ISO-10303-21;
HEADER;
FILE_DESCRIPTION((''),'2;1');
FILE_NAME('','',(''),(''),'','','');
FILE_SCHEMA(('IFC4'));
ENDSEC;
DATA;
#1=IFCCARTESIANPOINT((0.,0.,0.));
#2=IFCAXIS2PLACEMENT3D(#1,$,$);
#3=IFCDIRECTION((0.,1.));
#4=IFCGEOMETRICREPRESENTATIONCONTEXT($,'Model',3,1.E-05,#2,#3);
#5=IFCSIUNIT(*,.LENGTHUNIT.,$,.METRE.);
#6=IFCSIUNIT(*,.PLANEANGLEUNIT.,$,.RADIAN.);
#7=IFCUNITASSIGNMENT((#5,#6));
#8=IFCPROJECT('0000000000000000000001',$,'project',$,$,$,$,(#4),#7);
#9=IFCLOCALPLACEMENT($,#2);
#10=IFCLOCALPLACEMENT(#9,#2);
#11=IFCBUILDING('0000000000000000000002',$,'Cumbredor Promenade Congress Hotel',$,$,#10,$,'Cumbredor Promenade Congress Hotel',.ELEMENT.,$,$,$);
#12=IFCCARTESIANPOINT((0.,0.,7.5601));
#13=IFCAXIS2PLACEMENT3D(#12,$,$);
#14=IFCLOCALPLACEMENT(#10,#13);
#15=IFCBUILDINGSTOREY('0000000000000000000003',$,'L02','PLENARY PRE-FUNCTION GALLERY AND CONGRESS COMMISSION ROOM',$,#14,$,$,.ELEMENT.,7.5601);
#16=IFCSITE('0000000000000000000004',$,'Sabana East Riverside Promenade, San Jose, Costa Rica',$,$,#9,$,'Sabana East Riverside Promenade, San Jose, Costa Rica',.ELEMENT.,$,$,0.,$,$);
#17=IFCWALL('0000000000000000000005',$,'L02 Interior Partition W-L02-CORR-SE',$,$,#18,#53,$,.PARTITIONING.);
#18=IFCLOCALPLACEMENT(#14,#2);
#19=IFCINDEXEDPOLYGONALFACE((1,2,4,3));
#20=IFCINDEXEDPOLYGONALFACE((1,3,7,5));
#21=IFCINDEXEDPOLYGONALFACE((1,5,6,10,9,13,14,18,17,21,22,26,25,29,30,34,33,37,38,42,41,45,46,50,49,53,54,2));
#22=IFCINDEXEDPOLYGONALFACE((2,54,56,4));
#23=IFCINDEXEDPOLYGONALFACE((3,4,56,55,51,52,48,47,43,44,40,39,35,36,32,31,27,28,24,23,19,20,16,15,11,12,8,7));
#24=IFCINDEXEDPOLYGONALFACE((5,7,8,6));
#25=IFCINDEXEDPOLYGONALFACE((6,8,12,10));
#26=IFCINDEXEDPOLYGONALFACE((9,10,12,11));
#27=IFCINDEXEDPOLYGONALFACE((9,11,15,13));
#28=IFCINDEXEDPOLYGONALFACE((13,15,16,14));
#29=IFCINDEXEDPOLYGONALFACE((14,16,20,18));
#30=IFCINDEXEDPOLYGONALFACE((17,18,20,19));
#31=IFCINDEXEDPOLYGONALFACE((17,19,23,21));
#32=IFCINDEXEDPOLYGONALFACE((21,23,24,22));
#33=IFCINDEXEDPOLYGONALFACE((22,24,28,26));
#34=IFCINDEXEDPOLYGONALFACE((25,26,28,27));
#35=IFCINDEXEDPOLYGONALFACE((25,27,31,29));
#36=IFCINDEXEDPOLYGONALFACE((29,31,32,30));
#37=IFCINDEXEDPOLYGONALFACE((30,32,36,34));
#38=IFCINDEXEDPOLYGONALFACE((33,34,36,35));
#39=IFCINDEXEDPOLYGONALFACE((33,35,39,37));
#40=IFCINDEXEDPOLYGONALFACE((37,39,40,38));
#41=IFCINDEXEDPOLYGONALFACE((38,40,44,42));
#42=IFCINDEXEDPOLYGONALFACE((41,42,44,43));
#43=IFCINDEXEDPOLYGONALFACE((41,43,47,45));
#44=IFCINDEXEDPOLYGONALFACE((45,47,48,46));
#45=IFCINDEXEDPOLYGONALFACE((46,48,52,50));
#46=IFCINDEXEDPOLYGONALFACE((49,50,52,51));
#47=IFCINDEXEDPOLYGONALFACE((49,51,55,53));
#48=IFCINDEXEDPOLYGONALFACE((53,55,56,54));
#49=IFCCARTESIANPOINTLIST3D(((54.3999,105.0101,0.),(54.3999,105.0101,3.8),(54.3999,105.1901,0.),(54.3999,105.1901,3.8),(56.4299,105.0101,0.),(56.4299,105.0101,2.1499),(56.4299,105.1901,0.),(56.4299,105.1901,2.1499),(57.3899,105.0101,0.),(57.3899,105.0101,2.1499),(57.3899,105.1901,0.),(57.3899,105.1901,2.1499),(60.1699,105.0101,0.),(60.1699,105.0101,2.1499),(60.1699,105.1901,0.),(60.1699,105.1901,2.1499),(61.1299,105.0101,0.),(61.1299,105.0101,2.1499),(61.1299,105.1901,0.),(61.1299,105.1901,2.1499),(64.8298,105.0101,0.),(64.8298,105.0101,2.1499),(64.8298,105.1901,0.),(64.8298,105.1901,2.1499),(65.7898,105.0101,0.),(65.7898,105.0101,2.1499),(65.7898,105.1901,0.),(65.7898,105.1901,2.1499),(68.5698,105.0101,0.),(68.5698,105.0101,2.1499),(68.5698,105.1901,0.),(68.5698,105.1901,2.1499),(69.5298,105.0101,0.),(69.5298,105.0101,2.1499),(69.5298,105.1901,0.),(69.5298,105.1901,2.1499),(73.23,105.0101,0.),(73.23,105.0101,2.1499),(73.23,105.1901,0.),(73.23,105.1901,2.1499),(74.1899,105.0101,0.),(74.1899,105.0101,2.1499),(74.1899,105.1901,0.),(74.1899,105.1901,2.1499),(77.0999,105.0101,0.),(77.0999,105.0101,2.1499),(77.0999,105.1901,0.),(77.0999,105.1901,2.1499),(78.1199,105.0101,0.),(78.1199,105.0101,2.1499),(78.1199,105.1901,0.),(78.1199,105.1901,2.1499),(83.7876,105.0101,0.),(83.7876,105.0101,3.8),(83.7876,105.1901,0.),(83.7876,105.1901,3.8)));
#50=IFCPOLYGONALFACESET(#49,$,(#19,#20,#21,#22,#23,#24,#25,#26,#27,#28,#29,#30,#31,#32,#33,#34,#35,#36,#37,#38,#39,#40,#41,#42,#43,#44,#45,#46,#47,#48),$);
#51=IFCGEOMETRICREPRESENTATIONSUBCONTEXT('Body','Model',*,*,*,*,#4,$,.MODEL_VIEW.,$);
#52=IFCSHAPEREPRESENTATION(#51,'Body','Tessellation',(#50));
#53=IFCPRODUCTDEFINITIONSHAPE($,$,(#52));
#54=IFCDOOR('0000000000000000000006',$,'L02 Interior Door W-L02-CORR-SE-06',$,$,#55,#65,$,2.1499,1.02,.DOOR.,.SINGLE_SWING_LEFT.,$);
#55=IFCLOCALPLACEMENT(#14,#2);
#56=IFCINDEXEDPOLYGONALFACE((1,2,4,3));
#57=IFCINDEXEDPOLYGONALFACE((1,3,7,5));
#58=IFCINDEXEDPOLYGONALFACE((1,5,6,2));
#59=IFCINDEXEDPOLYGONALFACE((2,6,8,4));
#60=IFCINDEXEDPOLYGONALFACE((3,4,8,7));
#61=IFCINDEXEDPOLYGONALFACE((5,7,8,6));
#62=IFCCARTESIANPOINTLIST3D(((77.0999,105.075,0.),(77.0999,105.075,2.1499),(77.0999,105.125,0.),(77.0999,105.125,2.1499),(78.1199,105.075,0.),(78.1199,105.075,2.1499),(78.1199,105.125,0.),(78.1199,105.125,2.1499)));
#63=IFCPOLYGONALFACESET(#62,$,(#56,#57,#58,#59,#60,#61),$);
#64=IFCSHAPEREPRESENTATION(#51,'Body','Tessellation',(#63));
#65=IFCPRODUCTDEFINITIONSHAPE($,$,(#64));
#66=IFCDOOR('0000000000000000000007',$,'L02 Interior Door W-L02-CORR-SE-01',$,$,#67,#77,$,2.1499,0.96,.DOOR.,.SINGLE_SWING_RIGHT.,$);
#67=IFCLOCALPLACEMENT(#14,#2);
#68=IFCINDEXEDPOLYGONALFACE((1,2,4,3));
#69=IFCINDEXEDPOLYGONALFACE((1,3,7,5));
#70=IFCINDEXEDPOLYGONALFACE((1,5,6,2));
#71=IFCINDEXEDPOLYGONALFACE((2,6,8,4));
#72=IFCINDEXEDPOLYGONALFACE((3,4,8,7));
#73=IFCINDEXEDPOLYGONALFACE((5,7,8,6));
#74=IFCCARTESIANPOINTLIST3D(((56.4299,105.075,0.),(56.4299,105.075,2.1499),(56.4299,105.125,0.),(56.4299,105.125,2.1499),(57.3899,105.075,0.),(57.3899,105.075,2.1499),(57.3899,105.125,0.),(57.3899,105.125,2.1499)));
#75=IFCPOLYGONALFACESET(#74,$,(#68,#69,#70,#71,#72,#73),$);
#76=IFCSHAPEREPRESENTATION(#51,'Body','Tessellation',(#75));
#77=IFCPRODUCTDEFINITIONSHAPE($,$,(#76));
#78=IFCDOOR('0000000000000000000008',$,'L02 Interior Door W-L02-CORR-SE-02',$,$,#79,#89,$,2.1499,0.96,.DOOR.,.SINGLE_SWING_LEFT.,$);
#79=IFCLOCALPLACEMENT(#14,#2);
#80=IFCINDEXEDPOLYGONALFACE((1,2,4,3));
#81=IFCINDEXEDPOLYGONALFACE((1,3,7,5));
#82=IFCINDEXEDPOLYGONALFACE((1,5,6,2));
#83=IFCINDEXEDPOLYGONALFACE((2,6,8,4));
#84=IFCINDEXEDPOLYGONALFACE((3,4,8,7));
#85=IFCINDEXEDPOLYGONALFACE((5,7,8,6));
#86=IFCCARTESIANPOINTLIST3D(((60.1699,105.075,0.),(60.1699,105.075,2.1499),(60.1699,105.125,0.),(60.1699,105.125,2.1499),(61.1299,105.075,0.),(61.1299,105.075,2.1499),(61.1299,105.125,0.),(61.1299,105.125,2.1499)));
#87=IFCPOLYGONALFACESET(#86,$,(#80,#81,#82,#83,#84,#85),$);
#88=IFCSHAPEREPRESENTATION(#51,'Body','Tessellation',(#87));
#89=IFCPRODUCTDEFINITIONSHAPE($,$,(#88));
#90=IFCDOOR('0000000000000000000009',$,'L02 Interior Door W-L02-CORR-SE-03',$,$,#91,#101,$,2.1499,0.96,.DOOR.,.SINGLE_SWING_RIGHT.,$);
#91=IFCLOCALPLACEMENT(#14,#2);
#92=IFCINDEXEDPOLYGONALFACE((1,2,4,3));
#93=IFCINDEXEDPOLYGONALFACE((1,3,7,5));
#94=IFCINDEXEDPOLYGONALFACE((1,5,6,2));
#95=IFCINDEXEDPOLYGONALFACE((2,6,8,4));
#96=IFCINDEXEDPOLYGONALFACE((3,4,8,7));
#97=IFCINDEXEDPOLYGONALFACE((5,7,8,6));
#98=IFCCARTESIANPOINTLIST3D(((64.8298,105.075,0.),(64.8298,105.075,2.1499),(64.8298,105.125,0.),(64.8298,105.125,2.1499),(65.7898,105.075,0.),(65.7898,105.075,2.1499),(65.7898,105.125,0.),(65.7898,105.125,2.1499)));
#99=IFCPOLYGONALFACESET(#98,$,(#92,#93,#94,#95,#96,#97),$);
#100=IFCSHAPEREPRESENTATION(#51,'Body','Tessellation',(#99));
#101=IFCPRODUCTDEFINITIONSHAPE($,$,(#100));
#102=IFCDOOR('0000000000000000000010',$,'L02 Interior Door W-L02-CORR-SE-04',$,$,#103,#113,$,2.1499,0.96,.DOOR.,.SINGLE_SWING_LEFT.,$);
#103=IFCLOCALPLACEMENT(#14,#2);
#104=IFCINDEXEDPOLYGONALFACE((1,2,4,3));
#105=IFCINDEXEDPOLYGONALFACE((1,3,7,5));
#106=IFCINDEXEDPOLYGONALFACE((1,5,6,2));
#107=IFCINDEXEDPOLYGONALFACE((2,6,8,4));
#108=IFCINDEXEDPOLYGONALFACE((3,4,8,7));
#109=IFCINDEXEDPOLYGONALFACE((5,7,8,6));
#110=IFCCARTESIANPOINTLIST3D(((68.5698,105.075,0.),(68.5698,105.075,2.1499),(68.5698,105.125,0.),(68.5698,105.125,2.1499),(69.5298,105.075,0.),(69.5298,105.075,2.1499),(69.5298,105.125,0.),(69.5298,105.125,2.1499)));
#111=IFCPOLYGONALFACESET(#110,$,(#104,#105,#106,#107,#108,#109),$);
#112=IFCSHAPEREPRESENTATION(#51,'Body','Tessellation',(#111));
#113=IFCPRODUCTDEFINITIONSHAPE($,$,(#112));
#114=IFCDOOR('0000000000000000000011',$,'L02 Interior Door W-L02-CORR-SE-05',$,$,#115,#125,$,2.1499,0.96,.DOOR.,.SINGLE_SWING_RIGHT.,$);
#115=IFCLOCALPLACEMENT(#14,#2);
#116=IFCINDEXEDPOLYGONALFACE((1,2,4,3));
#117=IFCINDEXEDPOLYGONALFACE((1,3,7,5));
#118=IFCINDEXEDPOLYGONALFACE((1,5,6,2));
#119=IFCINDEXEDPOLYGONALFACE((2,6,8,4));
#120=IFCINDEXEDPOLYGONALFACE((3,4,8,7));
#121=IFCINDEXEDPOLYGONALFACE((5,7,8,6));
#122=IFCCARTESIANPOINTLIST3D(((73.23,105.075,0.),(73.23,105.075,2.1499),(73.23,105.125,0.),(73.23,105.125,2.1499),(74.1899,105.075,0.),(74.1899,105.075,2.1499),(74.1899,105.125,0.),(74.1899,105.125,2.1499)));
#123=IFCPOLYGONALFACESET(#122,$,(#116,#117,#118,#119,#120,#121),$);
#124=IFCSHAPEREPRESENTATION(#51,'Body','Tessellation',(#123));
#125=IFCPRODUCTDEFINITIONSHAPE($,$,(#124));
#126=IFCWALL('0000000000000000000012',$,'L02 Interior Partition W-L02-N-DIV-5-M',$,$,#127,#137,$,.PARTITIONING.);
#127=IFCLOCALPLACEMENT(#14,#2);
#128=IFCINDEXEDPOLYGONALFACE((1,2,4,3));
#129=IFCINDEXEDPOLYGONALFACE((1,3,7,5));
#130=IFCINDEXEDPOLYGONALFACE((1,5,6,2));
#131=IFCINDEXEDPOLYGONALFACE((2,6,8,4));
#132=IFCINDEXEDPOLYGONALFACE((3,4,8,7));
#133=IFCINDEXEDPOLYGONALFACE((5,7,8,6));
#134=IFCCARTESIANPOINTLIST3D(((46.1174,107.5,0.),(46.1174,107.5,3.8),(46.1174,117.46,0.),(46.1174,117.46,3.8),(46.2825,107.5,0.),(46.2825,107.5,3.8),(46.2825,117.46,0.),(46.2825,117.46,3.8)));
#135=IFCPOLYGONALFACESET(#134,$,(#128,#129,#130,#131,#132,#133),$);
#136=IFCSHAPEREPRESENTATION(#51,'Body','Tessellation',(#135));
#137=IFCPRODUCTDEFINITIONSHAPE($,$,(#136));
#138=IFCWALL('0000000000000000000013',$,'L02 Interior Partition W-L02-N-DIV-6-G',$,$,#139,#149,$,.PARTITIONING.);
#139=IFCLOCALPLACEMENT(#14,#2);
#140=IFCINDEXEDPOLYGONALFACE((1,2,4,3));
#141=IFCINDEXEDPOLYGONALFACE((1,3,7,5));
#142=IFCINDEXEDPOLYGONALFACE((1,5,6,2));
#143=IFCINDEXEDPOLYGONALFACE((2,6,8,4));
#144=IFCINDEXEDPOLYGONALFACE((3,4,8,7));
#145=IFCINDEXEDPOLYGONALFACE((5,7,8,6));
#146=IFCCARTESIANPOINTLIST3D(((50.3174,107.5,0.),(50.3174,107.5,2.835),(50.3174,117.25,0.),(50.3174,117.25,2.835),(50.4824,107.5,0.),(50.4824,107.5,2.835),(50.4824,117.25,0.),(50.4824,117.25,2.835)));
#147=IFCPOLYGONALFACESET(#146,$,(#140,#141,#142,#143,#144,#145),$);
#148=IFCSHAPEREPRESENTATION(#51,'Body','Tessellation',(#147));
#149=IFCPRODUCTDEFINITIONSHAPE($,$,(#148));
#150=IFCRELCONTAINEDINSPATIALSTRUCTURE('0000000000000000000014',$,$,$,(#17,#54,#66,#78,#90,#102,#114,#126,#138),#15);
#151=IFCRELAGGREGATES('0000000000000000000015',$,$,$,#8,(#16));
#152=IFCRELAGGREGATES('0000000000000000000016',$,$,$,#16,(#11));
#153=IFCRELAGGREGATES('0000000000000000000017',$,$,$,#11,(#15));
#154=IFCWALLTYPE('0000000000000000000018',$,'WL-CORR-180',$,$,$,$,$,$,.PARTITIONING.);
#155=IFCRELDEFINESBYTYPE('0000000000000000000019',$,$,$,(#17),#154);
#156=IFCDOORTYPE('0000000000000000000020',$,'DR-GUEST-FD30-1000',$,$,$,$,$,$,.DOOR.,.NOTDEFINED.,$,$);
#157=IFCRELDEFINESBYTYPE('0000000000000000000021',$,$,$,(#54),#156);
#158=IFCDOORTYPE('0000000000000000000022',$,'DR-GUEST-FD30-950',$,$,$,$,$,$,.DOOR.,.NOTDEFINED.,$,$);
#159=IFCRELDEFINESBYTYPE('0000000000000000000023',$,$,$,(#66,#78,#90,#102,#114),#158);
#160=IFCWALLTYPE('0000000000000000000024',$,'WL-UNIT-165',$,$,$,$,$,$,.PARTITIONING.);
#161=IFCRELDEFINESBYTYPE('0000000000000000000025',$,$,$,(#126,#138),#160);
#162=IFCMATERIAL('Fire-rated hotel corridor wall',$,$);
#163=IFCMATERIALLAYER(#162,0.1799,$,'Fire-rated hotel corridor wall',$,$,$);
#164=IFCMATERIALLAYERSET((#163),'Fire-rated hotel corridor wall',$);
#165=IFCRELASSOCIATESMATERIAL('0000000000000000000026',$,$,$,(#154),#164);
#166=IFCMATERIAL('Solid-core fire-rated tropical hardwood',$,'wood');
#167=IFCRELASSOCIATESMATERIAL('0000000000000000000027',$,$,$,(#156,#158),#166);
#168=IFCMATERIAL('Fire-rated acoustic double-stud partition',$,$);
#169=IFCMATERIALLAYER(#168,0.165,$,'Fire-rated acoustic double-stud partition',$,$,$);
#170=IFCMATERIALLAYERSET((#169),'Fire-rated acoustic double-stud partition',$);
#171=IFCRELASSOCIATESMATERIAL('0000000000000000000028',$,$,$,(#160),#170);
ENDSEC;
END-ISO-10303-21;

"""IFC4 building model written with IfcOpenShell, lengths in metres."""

from ifc_helpers import new_model, si_unit, direction, frame, frame_2d, origin, place, context, subcontext, project, spatial, rectangle, extrude, material, layer, layer_set, type_object, element, fill, save


model = new_model("IFC4")

# Units and contexts
model_context = context("Model", 3, precision=1e-05, world=origin(), true_north=direction((0.0, 1.0)))
body_context = subcontext(model_context, "Body", "Model", "MODEL_VIEW")
ifc_project = project(units=[si_unit("LENGTHUNIT", "METRE"), si_unit("PLANEANGLEUNIT", "RADIAN")], contexts=[model_context])

# Site, building, storey
site_placement = place(None, origin())
site = spatial("IfcSite", under=ifc_project, at=site_placement, Name="Sabana East Riverside Promenade, San Jose, Costa Rica", LongName="Sabana East Riverside Promenade, San Jose, Costa Rica", CompositionType="ELEMENT", RefElevation=0.0)
building_placement = place(site_placement, origin())
building = spatial("IfcBuilding", under=site, at=building_placement, Name="Cumbredor Promenade Congress Hotel", LongName="Cumbredor Promenade Congress Hotel", CompositionType="ELEMENT")
storey_placement = place(building_placement, frame((0.0, 0.0, 7.5601)))
storey = spatial("IfcBuildingStorey", under=building, at=storey_placement, Name="L02", Description="PLENARY PRE-FUNCTION GALLERY AND CONGRESS COMMISSION ROOM", CompositionType="ELEMENT", Elevation=7.5601)

# Wall, openings, doors
ifc_material_1 = material(Name="Fire-rated hotel corridor wall")
ifc_layer_1 = layer(ifc_material_1, 0.1799, Name="Fire-rated hotel corridor wall")
ifc_layer_set_1 = layer_set([ifc_layer_1], Name="Fire-rated hotel corridor wall")
wall_type_1 = type_object("IfcWallType", Name="WL-CORR-180", PredefinedType="PARTITIONING", material=ifc_layer_set_1)
wall_1_placement = place(storey_placement, frame((54.3999, 105.1001, 0.0), z_axis=(0.0, 0.0, 1.0), x_axis=(1.0, 0.0, 0.0)))
wall_1 = element("IfcWall", 1, at=wall_1_placement, inside=storey, type_object=wall_type_1, Name="L02 Interior Partition W-L02-CORR-SE", PredefinedType="PARTITIONING", context=body_context, shape_type="SweptSolid", body=[
    extrude(rectangle(XDim=29.3877, YDim=0.1799, at=frame_2d((14.6938, 0.0))), origin(), (0.0, 0.0, 1.0), 3.8),
])
opening_1_placement = place(wall_1_placement, frame((2.03, 0.0, 0.0)))
opening_1 = element("IfcOpeningElement", 2, at=opening_1_placement, cuts=wall_1, PredefinedType="OPENING", context=body_context, shape_type="SweptSolid", body=[
    extrude(rectangle(XDim=0.96, YDim=2.1499, at=frame_2d((0.48, 1.075))), frame((0.0, 0.1001, 0.0), z_axis=(0.0, -1.0, 0.0), x_axis=(1.0, 0.0, 0.0)), (0.0, 0.0, 1.0), 0.2),
])
opening_2_placement = place(wall_1_placement, frame((5.77, 0.0, 0.0)))
opening_2 = element("IfcOpeningElement", 3, at=opening_2_placement, cuts=wall_1, PredefinedType="OPENING", context=body_context, shape_type="SweptSolid", body=[
    extrude(rectangle(XDim=0.96, YDim=2.1499, at=frame_2d((0.48, 1.075))), frame((0.0, 0.1001, 0.0), z_axis=(0.0, -1.0, 0.0), x_axis=(1.0, 0.0, 0.0)), (0.0, 0.0, 1.0), 0.2),
])
opening_3_placement = place(wall_1_placement, frame((10.4299, 0.0, 0.0)))
opening_3 = element("IfcOpeningElement", 4, at=opening_3_placement, cuts=wall_1, PredefinedType="OPENING", context=body_context, shape_type="SweptSolid", body=[
    extrude(rectangle(XDim=0.96, YDim=2.1499, at=frame_2d((0.48, 1.075))), frame((0.0, 0.1001, 0.0), z_axis=(0.0, -1.0, 0.0), x_axis=(1.0, 0.0, 0.0)), (0.0, 0.0, 1.0), 0.2),
])
opening_4_placement = place(wall_1_placement, frame((14.1699, 0.0, 0.0)))
opening_4 = element("IfcOpeningElement", 5, at=opening_4_placement, cuts=wall_1, PredefinedType="OPENING", context=body_context, shape_type="SweptSolid", body=[
    extrude(rectangle(XDim=0.96, YDim=2.1499, at=frame_2d((0.48, 1.075))), frame((0.0, 0.1001, 0.0), z_axis=(0.0, -1.0, 0.0), x_axis=(1.0, 0.0, 0.0)), (0.0, 0.0, 1.0), 0.2),
])
opening_5_placement = place(wall_1_placement, frame((18.8301, 0.0, 0.0)))
opening_5 = element("IfcOpeningElement", 6, at=opening_5_placement, cuts=wall_1, PredefinedType="OPENING", context=body_context, shape_type="SweptSolid", body=[
    extrude(rectangle(XDim=0.96, YDim=2.1499, at=frame_2d((0.48, 1.075))), frame((0.0, 0.1001, 0.0), z_axis=(0.0, -1.0, 0.0), x_axis=(1.0, 0.0, 0.0)), (0.0, 0.0, 1.0), 0.2),
])
opening_6_placement = place(wall_1_placement, frame((22.7, 0.0, 0.0)))
opening_6 = element("IfcOpeningElement", 7, at=opening_6_placement, cuts=wall_1, PredefinedType="OPENING", context=body_context, shape_type="SweptSolid", body=[
    extrude(rectangle(XDim=1.02, YDim=2.1499, at=frame_2d((0.51, 1.075))), frame((0.0, 0.1001, 0.0), z_axis=(0.0, -1.0, 0.0), x_axis=(1.0, 0.0, 0.0)), (0.0, 0.0, 1.0), 0.2),
])
ifc_material_2 = material(Name="Solid-core fire-rated tropical hardwood", Category="wood")
door_type_1 = type_object("IfcDoorType", Name="DR-GUEST-FD30-1000", OperationType="NOTDEFINED", PredefinedType="DOOR", material=ifc_material_2)
door_1_placement = place(opening_6_placement, origin())
door_1 = element("IfcDoor", 8, at=door_1_placement, inside=storey, type_object=door_type_1, Name="L02 Interior Door W-L02-CORR-SE-06", OperationType="SINGLE_SWING_LEFT", OverallHeight=2.1499, OverallWidth=1.02, PredefinedType="DOOR", context=body_context, shape_type="SweptSolid", body=[
    extrude(rectangle(XDim=1.02, YDim=2.1499, at=frame_2d((0.51, 1.075))), frame((0.0, 0.0249, 0.0), z_axis=(0.0, -1.0, 0.0), x_axis=(1.0, 0.0, 0.0)), (0.0, 0.0, 1.0), 0.05),
])
fill(opening_6, door_1)
door_type_2 = type_object("IfcDoorType", Name="DR-GUEST-FD30-950", OperationType="NOTDEFINED", PredefinedType="DOOR", material=ifc_material_2)
door_2_placement = place(opening_1_placement, origin())
door_2 = element("IfcDoor", 9, at=door_2_placement, inside=storey, type_object=door_type_2, Name="L02 Interior Door W-L02-CORR-SE-01", OperationType="SINGLE_SWING_RIGHT", OverallHeight=2.1499, OverallWidth=0.96, PredefinedType="DOOR", context=body_context, shape_type="SweptSolid", body=[
    extrude(rectangle(XDim=0.96, YDim=2.1499, at=frame_2d((0.48, 1.075))), frame((0.0, 0.0249, 0.0), z_axis=(0.0, -1.0, 0.0), x_axis=(1.0, 0.0, 0.0)), (0.0, 0.0, 1.0), 0.05),
])
fill(opening_1, door_2)
door_3_placement = place(opening_2_placement, origin())
door_3 = element("IfcDoor", 10, at=door_3_placement, inside=storey, type_object=door_type_2, Name="L02 Interior Door W-L02-CORR-SE-02", OperationType="SINGLE_SWING_LEFT", OverallHeight=2.1499, OverallWidth=0.96, PredefinedType="DOOR", context=body_context, shape_type="SweptSolid", body=[
    extrude(rectangle(XDim=0.96, YDim=2.1499, at=frame_2d((0.48, 1.075))), frame((0.0, 0.0249, 0.0), z_axis=(0.0, -1.0, 0.0), x_axis=(1.0, 0.0, 0.0)), (0.0, 0.0, 1.0), 0.05),
])
fill(opening_2, door_3)
door_4_placement = place(opening_3_placement, origin())
door_4 = element("IfcDoor", 11, at=door_4_placement, inside=storey, type_object=door_type_2, Name="L02 Interior Door W-L02-CORR-SE-03", OperationType="SINGLE_SWING_RIGHT", OverallHeight=2.1499, OverallWidth=0.96, PredefinedType="DOOR", context=body_context, shape_type="SweptSolid", body=[
    extrude(rectangle(XDim=0.96, YDim=2.1499, at=frame_2d((0.48, 1.075))), frame((0.0, 0.0249, 0.0), z_axis=(0.0, -1.0, 0.0), x_axis=(1.0, 0.0, 0.0)), (0.0, 0.0, 1.0), 0.05),
])
fill(opening_3, door_4)
door_5_placement = place(opening_4_placement, origin())
door_5 = element("IfcDoor", 12, at=door_5_placement, inside=storey, type_object=door_type_2, Name="L02 Interior Door W-L02-CORR-SE-04", OperationType="SINGLE_SWING_LEFT", OverallHeight=2.1499, OverallWidth=0.96, PredefinedType="DOOR", context=body_context, shape_type="SweptSolid", body=[
    extrude(rectangle(XDim=0.96, YDim=2.1499, at=frame_2d((0.48, 1.075))), frame((0.0, 0.0249, 0.0), z_axis=(0.0, -1.0, 0.0), x_axis=(1.0, 0.0, 0.0)), (0.0, 0.0, 1.0), 0.05),
])
fill(opening_4, door_5)
door_6_placement = place(opening_5_placement, origin())
door_6 = element("IfcDoor", 13, at=door_6_placement, inside=storey, type_object=door_type_2, Name="L02 Interior Door W-L02-CORR-SE-05", OperationType="SINGLE_SWING_RIGHT", OverallHeight=2.1499, OverallWidth=0.96, PredefinedType="DOOR", context=body_context, shape_type="SweptSolid", body=[
    extrude(rectangle(XDim=0.96, YDim=2.1499, at=frame_2d((0.48, 1.075))), frame((0.0, 0.0249, 0.0), z_axis=(0.0, -1.0, 0.0), x_axis=(1.0, 0.0, 0.0)), (0.0, 0.0, 1.0), 0.05),
])
fill(opening_5, door_6)

# Walls
ifc_material_3 = material(Name="Fire-rated acoustic double-stud partition")
ifc_layer_2 = layer(ifc_material_3, 0.165, Name="Fire-rated acoustic double-stud partition")
ifc_layer_set_2 = layer_set([ifc_layer_2], Name="Fire-rated acoustic double-stud partition")
wall_type_2 = type_object("IfcWallType", Name="WL-UNIT-165", PredefinedType="PARTITIONING", material=ifc_layer_set_2)
wall_2_placement = place(storey_placement, frame((46.2, 107.5, 0.0), z_axis=(0.0, 0.0, 1.0), x_axis=(0.0, 1.0, 0.0)))
element("IfcWall", 14, at=wall_2_placement, inside=storey, type_object=wall_type_2, Name="L02 Interior Partition W-L02-N-DIV-5-M", PredefinedType="PARTITIONING", context=body_context, shape_type="SweptSolid", body=[
    extrude(rectangle(XDim=9.96, YDim=0.165, at=frame_2d((4.98, 0.0))), origin(), (0.0, 0.0, 1.0), 3.8),
])
wall_3_placement = place(storey_placement, frame((50.3999, 107.5, 0.0), z_axis=(0.0, 0.0, 1.0), x_axis=(0.0, 1.0, 0.0)))
element("IfcWall", 15, at=wall_3_placement, inside=storey, type_object=wall_type_2, Name="L02 Interior Partition W-L02-N-DIV-6-G", PredefinedType="PARTITIONING", context=body_context, shape_type="SweptSolid", body=[
    extrude(rectangle(XDim=9.75, YDim=0.165, at=frame_2d((4.875, 0.0))), origin(), (0.0, 0.0, 1.0), 2.835),
])

save(model, "model.ifc")
